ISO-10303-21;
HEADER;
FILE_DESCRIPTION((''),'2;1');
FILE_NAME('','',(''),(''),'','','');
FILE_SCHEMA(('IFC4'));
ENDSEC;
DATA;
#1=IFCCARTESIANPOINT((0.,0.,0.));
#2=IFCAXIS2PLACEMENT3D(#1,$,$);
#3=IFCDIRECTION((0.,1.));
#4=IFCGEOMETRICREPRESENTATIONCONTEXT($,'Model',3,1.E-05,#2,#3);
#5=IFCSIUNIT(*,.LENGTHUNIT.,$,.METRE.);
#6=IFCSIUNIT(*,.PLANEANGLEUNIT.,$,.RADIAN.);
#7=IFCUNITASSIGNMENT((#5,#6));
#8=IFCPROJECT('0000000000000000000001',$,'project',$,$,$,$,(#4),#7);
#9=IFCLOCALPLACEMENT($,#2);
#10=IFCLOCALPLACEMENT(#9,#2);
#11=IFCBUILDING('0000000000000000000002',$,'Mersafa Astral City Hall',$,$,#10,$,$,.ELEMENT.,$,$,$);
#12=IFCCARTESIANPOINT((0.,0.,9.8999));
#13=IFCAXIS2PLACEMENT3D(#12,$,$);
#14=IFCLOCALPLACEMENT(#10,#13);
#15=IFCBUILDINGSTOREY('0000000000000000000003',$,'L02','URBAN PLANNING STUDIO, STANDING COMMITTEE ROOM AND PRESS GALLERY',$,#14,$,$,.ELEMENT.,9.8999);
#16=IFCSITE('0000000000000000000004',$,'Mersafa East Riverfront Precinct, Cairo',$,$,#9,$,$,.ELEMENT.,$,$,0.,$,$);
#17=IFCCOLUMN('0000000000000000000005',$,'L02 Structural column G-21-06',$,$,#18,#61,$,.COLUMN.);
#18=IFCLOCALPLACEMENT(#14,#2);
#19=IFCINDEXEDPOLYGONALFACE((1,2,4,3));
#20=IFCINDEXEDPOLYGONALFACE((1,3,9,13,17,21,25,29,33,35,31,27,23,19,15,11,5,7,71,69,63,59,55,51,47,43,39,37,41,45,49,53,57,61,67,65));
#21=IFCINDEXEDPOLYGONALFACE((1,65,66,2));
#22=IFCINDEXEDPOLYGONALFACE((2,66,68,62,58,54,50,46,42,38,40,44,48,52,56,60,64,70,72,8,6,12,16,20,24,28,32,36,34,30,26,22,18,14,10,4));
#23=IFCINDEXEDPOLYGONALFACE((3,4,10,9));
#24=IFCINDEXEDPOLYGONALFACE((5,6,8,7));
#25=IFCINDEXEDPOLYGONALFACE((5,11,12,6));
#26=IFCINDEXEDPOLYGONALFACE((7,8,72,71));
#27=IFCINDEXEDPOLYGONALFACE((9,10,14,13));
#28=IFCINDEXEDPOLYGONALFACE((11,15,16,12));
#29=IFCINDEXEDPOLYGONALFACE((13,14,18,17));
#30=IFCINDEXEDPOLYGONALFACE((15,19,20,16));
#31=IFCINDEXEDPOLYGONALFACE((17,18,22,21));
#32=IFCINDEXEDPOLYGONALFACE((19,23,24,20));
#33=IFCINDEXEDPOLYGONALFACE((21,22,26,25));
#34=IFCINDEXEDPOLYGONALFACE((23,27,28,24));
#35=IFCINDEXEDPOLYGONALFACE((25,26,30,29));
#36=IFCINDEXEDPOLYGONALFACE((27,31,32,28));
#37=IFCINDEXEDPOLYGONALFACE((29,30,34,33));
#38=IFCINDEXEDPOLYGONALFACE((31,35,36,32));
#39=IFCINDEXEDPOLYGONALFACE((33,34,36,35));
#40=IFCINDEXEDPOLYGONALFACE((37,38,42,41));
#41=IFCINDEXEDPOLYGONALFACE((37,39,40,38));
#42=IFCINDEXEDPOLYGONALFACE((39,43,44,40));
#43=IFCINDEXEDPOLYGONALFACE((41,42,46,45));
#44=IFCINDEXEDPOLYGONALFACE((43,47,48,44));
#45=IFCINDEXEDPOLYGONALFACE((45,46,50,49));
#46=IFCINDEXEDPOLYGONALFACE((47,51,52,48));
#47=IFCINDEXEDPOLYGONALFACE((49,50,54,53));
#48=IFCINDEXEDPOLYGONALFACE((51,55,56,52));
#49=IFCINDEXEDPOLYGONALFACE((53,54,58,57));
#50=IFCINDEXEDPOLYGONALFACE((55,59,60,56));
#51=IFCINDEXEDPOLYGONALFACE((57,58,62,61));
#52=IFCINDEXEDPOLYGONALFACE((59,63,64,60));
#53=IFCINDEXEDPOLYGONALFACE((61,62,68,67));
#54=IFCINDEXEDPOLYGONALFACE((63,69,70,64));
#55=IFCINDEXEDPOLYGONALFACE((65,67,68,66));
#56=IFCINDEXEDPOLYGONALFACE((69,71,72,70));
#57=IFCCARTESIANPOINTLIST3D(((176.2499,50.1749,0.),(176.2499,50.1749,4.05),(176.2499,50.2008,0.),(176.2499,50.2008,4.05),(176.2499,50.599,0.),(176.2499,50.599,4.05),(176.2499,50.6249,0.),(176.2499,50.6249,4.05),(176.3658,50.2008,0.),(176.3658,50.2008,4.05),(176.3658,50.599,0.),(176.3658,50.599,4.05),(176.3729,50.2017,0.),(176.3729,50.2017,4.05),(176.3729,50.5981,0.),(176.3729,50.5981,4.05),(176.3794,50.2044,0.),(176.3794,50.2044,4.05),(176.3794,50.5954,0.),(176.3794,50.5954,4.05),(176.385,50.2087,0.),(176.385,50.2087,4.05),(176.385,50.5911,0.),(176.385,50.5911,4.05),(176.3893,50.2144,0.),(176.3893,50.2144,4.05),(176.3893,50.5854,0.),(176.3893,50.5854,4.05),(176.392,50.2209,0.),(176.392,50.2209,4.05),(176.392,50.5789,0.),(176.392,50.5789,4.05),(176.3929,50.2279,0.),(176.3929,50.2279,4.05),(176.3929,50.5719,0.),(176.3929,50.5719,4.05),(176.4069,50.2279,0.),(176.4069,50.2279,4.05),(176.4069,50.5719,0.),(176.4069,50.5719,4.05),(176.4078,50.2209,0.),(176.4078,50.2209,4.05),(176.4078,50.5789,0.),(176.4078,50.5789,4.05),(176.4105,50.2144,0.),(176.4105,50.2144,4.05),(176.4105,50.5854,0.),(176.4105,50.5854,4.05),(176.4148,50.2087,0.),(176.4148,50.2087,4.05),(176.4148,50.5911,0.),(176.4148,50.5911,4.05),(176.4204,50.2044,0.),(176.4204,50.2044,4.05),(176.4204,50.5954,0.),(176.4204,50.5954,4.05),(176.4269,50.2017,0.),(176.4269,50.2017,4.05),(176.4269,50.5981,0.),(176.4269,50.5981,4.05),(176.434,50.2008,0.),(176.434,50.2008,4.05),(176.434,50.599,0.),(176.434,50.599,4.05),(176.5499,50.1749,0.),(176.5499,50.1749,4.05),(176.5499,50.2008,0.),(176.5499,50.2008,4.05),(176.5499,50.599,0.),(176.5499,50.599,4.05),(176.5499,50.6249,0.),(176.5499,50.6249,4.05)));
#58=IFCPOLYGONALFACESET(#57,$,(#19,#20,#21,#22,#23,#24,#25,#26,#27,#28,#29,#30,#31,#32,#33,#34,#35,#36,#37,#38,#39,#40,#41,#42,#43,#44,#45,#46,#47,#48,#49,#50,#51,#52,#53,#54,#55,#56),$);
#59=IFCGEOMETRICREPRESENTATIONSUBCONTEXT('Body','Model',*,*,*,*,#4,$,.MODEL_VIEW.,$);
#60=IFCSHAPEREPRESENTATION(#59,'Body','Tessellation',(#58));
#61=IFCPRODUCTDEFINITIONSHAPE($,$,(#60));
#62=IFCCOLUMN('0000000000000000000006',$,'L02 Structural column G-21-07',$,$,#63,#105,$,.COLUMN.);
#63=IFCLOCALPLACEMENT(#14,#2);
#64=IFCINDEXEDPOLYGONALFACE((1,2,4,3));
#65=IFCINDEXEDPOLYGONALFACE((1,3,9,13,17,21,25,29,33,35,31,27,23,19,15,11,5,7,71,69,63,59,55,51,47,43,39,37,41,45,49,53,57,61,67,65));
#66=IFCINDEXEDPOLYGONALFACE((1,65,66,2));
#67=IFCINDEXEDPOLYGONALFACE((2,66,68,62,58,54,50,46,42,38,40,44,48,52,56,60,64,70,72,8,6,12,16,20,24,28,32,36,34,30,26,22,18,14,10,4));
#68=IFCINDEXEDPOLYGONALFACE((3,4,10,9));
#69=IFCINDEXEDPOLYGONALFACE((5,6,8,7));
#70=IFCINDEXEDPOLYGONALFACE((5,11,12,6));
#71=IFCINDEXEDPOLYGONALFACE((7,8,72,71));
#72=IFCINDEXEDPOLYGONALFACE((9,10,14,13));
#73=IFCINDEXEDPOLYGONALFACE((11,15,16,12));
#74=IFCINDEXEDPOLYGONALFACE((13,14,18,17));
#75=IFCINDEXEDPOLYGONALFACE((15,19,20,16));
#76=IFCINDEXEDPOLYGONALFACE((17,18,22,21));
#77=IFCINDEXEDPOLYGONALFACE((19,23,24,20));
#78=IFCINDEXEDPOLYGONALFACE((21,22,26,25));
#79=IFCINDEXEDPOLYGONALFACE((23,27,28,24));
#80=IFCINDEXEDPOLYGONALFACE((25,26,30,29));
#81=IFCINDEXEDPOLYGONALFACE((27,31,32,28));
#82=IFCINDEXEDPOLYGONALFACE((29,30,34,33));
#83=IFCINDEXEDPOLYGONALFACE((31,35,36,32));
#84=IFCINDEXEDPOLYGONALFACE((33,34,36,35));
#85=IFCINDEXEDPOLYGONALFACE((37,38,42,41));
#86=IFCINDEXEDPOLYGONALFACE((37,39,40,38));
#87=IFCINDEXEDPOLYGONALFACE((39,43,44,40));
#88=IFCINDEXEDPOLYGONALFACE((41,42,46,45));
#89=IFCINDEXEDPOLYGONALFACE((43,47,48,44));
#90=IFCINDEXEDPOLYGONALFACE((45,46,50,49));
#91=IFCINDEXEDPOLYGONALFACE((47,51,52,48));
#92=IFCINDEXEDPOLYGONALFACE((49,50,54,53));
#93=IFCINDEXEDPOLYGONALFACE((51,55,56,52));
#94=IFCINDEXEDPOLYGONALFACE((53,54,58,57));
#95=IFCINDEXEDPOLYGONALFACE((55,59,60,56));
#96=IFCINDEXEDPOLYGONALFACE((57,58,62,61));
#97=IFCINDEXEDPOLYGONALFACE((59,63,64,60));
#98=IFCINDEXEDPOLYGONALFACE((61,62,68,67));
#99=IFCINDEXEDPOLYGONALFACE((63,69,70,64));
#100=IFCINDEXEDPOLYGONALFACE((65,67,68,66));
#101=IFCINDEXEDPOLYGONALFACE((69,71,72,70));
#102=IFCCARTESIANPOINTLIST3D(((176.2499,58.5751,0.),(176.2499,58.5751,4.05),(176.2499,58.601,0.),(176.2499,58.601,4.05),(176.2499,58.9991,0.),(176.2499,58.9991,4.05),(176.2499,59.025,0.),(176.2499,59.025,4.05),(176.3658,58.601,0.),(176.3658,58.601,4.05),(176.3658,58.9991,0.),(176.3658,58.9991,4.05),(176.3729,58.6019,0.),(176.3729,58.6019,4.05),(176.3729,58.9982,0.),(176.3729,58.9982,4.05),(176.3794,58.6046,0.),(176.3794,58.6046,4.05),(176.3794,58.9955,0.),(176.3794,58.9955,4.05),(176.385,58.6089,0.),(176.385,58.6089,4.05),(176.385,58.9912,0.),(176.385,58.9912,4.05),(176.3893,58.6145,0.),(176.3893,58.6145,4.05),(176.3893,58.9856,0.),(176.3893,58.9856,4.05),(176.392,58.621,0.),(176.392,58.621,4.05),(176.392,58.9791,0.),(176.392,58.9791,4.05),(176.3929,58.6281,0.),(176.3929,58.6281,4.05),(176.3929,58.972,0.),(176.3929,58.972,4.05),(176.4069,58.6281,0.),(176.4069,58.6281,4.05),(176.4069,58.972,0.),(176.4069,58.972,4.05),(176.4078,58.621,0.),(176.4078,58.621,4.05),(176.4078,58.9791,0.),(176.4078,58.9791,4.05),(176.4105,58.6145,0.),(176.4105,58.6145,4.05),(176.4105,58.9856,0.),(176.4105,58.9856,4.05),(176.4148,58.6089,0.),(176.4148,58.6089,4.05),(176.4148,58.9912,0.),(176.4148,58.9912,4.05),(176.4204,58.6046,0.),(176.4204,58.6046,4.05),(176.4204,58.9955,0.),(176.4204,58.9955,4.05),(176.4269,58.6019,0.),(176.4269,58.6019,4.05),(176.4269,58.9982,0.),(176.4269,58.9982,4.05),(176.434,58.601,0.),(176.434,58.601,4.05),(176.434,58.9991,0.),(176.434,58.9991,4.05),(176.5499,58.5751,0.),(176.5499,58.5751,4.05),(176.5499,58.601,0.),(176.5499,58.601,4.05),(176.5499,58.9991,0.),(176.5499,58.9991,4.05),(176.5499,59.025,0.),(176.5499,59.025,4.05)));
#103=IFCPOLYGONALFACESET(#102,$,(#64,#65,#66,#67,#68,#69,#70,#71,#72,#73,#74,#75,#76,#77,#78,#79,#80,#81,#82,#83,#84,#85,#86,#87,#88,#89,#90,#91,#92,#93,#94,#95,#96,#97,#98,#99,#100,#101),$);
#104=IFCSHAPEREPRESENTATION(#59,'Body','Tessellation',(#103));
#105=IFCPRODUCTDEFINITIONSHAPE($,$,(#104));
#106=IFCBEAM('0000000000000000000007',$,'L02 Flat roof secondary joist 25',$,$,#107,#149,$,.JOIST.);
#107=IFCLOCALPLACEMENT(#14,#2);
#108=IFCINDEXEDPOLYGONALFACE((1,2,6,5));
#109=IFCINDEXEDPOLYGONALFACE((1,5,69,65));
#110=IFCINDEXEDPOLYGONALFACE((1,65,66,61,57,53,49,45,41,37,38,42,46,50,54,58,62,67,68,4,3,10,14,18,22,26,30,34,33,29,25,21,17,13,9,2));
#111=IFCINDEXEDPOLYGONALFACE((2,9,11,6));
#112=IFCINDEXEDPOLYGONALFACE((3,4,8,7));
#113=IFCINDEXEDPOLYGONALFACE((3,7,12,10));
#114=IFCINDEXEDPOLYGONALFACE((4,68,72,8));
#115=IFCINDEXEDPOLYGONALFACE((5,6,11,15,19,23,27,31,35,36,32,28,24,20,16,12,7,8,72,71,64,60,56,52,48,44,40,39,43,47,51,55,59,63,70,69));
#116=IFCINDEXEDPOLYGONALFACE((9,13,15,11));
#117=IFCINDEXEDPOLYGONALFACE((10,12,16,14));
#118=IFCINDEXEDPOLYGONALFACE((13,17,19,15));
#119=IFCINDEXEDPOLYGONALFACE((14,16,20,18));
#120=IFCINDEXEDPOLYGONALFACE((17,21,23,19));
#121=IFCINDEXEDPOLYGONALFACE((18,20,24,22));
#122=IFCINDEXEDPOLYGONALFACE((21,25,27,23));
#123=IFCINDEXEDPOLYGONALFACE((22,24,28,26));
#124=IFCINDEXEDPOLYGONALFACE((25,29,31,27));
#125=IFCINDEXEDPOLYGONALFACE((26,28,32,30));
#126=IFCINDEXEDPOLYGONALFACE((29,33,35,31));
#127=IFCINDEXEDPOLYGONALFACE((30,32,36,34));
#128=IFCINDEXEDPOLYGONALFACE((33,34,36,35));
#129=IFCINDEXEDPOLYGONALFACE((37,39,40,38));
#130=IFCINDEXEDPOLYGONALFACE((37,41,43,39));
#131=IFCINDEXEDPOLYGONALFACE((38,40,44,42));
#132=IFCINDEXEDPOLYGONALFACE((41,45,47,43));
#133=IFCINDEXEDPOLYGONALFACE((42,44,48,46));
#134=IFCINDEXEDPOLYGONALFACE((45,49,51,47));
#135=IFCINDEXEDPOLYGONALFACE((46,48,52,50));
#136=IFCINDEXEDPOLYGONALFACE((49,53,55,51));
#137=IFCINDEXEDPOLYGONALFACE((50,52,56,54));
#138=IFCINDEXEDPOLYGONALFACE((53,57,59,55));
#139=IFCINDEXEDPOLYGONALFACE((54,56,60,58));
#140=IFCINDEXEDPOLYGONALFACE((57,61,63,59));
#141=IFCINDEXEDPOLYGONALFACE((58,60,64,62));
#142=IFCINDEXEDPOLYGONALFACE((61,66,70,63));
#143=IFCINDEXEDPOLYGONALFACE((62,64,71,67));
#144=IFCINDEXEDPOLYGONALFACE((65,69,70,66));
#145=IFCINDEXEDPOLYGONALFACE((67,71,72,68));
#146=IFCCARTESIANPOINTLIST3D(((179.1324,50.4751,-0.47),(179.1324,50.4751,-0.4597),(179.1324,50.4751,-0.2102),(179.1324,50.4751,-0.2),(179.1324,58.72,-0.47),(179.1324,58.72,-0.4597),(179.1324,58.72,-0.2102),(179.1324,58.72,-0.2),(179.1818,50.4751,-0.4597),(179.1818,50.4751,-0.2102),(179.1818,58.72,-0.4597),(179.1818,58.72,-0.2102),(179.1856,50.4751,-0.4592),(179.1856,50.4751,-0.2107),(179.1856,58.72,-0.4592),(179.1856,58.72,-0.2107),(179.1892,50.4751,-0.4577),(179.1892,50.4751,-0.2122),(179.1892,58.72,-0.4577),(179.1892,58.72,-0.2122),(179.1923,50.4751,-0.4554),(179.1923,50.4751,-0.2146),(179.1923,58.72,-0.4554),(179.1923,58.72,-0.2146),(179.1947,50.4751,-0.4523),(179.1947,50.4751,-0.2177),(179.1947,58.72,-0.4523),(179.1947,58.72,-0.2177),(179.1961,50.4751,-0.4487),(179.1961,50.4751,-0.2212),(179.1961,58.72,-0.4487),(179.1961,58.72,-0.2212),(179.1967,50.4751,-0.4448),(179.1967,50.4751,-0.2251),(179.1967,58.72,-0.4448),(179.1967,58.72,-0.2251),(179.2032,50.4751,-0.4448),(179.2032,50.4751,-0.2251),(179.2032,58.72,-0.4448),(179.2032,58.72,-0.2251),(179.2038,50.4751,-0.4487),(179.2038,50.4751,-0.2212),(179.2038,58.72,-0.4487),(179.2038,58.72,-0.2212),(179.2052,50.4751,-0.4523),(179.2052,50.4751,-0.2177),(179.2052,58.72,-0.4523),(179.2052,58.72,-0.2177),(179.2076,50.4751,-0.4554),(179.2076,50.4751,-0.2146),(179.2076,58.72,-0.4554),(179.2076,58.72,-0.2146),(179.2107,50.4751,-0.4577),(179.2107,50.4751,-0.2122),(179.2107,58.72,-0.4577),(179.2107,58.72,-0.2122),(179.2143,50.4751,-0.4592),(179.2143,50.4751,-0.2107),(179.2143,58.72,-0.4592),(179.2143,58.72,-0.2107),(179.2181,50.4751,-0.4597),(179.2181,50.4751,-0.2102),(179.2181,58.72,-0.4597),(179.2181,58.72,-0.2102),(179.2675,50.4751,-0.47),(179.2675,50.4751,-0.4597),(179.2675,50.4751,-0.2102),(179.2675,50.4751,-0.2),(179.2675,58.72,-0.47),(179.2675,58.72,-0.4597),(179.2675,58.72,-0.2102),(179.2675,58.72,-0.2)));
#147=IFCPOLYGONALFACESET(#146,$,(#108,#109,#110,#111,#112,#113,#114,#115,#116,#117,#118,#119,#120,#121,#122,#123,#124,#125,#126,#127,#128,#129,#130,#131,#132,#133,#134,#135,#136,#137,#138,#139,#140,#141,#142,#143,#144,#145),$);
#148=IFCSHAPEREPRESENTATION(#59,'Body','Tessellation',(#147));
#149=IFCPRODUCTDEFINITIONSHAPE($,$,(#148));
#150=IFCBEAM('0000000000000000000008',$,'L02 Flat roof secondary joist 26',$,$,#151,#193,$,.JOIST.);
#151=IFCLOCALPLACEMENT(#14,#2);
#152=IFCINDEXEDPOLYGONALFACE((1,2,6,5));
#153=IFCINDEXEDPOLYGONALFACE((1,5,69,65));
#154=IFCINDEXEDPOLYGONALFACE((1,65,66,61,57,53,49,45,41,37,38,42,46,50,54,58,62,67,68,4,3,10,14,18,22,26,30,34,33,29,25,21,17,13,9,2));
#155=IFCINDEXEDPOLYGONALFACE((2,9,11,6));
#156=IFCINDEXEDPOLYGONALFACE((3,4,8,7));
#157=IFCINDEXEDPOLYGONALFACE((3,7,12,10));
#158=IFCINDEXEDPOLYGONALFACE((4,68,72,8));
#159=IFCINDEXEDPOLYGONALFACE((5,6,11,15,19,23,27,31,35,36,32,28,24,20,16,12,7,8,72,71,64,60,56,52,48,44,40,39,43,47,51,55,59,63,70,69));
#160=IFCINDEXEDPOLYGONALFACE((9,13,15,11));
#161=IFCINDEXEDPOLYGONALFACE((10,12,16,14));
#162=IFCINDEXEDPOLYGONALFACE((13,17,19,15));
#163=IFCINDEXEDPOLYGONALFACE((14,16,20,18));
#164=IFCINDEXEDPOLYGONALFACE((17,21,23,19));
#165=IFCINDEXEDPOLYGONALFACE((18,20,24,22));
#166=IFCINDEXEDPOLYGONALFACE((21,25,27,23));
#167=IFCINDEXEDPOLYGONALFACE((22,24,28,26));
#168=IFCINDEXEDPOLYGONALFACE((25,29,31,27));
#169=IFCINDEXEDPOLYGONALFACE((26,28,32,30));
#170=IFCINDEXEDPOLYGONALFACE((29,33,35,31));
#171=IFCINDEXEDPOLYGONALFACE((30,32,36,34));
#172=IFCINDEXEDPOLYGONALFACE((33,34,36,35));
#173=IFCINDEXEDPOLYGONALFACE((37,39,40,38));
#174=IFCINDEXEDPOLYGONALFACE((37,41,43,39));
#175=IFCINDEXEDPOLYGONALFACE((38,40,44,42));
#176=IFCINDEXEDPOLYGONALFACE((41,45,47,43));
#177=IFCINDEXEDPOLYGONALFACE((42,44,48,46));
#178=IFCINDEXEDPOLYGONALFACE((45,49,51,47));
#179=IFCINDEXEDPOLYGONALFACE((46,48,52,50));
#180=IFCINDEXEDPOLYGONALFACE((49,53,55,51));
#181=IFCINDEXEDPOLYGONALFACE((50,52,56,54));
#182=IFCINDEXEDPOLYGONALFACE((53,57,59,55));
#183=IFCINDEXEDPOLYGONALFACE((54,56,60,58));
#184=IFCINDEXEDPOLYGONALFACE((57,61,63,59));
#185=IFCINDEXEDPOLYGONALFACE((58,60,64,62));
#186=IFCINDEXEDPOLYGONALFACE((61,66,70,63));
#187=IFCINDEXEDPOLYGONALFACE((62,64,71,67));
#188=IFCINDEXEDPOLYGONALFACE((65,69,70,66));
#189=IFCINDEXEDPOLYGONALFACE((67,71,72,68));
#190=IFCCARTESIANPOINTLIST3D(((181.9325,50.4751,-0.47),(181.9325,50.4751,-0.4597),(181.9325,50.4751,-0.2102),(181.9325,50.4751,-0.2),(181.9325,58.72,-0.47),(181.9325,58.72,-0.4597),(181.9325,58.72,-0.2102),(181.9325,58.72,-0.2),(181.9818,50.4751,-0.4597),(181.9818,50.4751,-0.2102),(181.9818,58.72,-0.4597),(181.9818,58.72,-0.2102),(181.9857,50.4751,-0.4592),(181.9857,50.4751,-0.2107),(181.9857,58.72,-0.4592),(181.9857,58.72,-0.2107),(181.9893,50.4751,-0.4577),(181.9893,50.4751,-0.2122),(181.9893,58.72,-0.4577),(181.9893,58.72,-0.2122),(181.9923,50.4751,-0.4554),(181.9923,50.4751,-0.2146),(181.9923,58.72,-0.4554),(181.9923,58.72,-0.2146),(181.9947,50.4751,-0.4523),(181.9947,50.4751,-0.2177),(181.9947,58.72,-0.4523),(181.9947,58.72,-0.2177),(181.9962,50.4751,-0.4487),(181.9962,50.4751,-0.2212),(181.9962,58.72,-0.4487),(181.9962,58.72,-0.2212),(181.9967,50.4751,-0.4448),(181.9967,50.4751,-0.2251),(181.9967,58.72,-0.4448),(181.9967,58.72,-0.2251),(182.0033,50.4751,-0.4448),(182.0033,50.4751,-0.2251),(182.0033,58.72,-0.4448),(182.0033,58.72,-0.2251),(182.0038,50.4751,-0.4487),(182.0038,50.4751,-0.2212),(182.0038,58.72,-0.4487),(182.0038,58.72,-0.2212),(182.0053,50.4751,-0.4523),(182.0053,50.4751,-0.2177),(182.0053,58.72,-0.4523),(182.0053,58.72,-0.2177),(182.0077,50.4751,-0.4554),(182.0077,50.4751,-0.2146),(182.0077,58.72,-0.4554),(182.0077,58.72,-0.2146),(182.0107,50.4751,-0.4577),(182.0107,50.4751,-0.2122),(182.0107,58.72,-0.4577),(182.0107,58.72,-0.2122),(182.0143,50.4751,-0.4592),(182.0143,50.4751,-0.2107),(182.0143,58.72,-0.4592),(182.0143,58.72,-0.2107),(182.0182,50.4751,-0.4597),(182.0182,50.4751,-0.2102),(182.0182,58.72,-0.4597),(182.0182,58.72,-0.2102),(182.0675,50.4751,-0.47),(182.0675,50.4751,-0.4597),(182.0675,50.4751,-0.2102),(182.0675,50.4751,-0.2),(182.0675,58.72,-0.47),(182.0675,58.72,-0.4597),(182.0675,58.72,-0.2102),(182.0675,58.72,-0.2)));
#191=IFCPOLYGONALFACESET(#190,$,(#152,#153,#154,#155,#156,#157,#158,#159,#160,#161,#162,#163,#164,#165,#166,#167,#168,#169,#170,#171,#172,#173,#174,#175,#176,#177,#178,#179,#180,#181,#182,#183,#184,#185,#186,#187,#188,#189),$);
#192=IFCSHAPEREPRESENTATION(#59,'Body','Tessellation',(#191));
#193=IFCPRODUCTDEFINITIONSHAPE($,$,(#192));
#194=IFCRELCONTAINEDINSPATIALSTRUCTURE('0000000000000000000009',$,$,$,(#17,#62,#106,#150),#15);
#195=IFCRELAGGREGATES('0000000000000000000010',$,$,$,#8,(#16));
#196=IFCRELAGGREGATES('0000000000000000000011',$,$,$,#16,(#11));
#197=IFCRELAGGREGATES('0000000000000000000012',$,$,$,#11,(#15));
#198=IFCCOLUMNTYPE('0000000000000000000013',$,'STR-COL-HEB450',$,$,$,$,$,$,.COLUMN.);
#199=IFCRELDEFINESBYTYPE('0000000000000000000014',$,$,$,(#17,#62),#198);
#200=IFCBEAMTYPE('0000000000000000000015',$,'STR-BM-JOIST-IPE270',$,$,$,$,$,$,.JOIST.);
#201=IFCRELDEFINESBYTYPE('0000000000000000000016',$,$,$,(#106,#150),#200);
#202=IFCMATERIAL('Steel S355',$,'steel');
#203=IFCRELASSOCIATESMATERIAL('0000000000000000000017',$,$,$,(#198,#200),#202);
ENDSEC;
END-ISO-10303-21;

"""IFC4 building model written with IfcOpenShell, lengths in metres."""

from ifc_helpers import new_model, si_unit, direction, frame, origin, origin_2d, place, context, subcontext, project, spatial, i_section, extrude, material, material_profile, profile_set, type_object, element, save


model = new_model("IFC4")

# Units and contexts
model_context = context("Model", 3, precision=1e-05, world=origin(), true_north=direction((0.0, 1.0)))
body_context = subcontext(model_context, "Body", "Model", "MODEL_VIEW")
ifc_project = project(units=[si_unit("LENGTHUNIT", "METRE"), si_unit("PLANEANGLEUNIT", "RADIAN")], contexts=[model_context])

# Site, building, storey
site_placement = place(None, origin())
site = spatial("IfcSite", under=ifc_project, at=site_placement, Name="Mersafa East Riverfront Precinct, Cairo", CompositionType="ELEMENT", RefElevation=0.0)
building_placement = place(site_placement, origin())
building = spatial("IfcBuilding", under=site, at=building_placement, Name="Mersafa Astral City Hall", CompositionType="ELEMENT")
storey_placement = place(building_placement, frame((0.0, 0.0, 9.8999)))
storey = spatial("IfcBuildingStorey", under=building, at=storey_placement, Name="L02", Description="URBAN PLANNING STUDIO, STANDING COMMITTEE ROOM AND PRESS GALLERY", CompositionType="ELEMENT", Elevation=9.8999)

# Columns
ifc_material_1 = material(Name="Steel S355", Category="steel")
ifc_material_profile_1 = material_profile(ifc_material_1, i_section(OverallWidth=0.3, OverallDepth=0.45, WebThickness=0.0139, FlangeThickness=0.0259, FilletRadius=0.0271, at=origin_2d()), Name="HEB 450")
ifc_profile_set_1 = profile_set([ifc_material_profile_1], Name="Steel S355")
column_type = type_object("IfcColumnType", Name="STR-COL-HEB450", PredefinedType="COLUMN", material=ifc_profile_set_1)
for number, where, z_axis, x_axis, name in (
    (1, (176.3999, 50.3999, 0.0), (0.0, 0.0, 1.0), (1.0, 0.0, 0.0), "L02 Structural column G-21-06"),
    (2, (176.3999, 58.8, 0.0), (0.0, 0.0, 1.0), (1.0, 0.0, 0.0), "L02 Structural column G-21-07"),
):
    element("IfcColumn", number, at=place(storey_placement, frame(where, z_axis=z_axis, x_axis=x_axis)), inside=storey, type_object=column_type, Name=name, PredefinedType="COLUMN", context=body_context, shape_type="SweptSolid", body=[
        extrude(i_section(OverallWidth=0.3, OverallDepth=0.45, WebThickness=0.0139, FlangeThickness=0.0259, FilletRadius=0.0271, at=origin_2d()), origin(), (0.0, 0.0, 1.0), 4.05),
    ])

# Beams
ifc_material_profile_2 = material_profile(ifc_material_1, i_section(OverallWidth=0.135, OverallDepth=0.27, WebThickness=0.0066, FlangeThickness=0.0103, FilletRadius=0.0149, at=origin_2d()), Name="IPE 270")
ifc_profile_set_2 = profile_set([ifc_material_profile_2], Name="Steel S355")
beam_type_1 = type_object("IfcBeamType", Name="STR-BM-JOIST-IPE270", PredefinedType="JOIST", material=ifc_profile_set_2)
for number, where, z_axis, x_axis, name in (
    (3, (179.2, 50.4751, -0.335), (0.0, 1.0, 0.0), (-1.0, 0.0, 0.0), "L02 Flat roof secondary joist 25"),
    (4, (182.0, 50.4751, -0.335), (0.0, 1.0, 0.0), (-1.0, 0.0, 0.0), "L02 Flat roof secondary joist 26"),
):
    element("IfcBeam", number, at=place(storey_placement, frame(where, z_axis=z_axis, x_axis=x_axis)), inside=storey, type_object=beam_type_1, Name=name, PredefinedType="JOIST", context=body_context, shape_type="SweptSolid", body=[
        extrude(i_section(OverallWidth=0.135, OverallDepth=0.27, WebThickness=0.0066, FlangeThickness=0.0103, FilletRadius=0.0149, at=origin_2d()), origin(), (0.0, 0.0, 1.0), 8.2449),
    ])

save(model, "model.ifc")
